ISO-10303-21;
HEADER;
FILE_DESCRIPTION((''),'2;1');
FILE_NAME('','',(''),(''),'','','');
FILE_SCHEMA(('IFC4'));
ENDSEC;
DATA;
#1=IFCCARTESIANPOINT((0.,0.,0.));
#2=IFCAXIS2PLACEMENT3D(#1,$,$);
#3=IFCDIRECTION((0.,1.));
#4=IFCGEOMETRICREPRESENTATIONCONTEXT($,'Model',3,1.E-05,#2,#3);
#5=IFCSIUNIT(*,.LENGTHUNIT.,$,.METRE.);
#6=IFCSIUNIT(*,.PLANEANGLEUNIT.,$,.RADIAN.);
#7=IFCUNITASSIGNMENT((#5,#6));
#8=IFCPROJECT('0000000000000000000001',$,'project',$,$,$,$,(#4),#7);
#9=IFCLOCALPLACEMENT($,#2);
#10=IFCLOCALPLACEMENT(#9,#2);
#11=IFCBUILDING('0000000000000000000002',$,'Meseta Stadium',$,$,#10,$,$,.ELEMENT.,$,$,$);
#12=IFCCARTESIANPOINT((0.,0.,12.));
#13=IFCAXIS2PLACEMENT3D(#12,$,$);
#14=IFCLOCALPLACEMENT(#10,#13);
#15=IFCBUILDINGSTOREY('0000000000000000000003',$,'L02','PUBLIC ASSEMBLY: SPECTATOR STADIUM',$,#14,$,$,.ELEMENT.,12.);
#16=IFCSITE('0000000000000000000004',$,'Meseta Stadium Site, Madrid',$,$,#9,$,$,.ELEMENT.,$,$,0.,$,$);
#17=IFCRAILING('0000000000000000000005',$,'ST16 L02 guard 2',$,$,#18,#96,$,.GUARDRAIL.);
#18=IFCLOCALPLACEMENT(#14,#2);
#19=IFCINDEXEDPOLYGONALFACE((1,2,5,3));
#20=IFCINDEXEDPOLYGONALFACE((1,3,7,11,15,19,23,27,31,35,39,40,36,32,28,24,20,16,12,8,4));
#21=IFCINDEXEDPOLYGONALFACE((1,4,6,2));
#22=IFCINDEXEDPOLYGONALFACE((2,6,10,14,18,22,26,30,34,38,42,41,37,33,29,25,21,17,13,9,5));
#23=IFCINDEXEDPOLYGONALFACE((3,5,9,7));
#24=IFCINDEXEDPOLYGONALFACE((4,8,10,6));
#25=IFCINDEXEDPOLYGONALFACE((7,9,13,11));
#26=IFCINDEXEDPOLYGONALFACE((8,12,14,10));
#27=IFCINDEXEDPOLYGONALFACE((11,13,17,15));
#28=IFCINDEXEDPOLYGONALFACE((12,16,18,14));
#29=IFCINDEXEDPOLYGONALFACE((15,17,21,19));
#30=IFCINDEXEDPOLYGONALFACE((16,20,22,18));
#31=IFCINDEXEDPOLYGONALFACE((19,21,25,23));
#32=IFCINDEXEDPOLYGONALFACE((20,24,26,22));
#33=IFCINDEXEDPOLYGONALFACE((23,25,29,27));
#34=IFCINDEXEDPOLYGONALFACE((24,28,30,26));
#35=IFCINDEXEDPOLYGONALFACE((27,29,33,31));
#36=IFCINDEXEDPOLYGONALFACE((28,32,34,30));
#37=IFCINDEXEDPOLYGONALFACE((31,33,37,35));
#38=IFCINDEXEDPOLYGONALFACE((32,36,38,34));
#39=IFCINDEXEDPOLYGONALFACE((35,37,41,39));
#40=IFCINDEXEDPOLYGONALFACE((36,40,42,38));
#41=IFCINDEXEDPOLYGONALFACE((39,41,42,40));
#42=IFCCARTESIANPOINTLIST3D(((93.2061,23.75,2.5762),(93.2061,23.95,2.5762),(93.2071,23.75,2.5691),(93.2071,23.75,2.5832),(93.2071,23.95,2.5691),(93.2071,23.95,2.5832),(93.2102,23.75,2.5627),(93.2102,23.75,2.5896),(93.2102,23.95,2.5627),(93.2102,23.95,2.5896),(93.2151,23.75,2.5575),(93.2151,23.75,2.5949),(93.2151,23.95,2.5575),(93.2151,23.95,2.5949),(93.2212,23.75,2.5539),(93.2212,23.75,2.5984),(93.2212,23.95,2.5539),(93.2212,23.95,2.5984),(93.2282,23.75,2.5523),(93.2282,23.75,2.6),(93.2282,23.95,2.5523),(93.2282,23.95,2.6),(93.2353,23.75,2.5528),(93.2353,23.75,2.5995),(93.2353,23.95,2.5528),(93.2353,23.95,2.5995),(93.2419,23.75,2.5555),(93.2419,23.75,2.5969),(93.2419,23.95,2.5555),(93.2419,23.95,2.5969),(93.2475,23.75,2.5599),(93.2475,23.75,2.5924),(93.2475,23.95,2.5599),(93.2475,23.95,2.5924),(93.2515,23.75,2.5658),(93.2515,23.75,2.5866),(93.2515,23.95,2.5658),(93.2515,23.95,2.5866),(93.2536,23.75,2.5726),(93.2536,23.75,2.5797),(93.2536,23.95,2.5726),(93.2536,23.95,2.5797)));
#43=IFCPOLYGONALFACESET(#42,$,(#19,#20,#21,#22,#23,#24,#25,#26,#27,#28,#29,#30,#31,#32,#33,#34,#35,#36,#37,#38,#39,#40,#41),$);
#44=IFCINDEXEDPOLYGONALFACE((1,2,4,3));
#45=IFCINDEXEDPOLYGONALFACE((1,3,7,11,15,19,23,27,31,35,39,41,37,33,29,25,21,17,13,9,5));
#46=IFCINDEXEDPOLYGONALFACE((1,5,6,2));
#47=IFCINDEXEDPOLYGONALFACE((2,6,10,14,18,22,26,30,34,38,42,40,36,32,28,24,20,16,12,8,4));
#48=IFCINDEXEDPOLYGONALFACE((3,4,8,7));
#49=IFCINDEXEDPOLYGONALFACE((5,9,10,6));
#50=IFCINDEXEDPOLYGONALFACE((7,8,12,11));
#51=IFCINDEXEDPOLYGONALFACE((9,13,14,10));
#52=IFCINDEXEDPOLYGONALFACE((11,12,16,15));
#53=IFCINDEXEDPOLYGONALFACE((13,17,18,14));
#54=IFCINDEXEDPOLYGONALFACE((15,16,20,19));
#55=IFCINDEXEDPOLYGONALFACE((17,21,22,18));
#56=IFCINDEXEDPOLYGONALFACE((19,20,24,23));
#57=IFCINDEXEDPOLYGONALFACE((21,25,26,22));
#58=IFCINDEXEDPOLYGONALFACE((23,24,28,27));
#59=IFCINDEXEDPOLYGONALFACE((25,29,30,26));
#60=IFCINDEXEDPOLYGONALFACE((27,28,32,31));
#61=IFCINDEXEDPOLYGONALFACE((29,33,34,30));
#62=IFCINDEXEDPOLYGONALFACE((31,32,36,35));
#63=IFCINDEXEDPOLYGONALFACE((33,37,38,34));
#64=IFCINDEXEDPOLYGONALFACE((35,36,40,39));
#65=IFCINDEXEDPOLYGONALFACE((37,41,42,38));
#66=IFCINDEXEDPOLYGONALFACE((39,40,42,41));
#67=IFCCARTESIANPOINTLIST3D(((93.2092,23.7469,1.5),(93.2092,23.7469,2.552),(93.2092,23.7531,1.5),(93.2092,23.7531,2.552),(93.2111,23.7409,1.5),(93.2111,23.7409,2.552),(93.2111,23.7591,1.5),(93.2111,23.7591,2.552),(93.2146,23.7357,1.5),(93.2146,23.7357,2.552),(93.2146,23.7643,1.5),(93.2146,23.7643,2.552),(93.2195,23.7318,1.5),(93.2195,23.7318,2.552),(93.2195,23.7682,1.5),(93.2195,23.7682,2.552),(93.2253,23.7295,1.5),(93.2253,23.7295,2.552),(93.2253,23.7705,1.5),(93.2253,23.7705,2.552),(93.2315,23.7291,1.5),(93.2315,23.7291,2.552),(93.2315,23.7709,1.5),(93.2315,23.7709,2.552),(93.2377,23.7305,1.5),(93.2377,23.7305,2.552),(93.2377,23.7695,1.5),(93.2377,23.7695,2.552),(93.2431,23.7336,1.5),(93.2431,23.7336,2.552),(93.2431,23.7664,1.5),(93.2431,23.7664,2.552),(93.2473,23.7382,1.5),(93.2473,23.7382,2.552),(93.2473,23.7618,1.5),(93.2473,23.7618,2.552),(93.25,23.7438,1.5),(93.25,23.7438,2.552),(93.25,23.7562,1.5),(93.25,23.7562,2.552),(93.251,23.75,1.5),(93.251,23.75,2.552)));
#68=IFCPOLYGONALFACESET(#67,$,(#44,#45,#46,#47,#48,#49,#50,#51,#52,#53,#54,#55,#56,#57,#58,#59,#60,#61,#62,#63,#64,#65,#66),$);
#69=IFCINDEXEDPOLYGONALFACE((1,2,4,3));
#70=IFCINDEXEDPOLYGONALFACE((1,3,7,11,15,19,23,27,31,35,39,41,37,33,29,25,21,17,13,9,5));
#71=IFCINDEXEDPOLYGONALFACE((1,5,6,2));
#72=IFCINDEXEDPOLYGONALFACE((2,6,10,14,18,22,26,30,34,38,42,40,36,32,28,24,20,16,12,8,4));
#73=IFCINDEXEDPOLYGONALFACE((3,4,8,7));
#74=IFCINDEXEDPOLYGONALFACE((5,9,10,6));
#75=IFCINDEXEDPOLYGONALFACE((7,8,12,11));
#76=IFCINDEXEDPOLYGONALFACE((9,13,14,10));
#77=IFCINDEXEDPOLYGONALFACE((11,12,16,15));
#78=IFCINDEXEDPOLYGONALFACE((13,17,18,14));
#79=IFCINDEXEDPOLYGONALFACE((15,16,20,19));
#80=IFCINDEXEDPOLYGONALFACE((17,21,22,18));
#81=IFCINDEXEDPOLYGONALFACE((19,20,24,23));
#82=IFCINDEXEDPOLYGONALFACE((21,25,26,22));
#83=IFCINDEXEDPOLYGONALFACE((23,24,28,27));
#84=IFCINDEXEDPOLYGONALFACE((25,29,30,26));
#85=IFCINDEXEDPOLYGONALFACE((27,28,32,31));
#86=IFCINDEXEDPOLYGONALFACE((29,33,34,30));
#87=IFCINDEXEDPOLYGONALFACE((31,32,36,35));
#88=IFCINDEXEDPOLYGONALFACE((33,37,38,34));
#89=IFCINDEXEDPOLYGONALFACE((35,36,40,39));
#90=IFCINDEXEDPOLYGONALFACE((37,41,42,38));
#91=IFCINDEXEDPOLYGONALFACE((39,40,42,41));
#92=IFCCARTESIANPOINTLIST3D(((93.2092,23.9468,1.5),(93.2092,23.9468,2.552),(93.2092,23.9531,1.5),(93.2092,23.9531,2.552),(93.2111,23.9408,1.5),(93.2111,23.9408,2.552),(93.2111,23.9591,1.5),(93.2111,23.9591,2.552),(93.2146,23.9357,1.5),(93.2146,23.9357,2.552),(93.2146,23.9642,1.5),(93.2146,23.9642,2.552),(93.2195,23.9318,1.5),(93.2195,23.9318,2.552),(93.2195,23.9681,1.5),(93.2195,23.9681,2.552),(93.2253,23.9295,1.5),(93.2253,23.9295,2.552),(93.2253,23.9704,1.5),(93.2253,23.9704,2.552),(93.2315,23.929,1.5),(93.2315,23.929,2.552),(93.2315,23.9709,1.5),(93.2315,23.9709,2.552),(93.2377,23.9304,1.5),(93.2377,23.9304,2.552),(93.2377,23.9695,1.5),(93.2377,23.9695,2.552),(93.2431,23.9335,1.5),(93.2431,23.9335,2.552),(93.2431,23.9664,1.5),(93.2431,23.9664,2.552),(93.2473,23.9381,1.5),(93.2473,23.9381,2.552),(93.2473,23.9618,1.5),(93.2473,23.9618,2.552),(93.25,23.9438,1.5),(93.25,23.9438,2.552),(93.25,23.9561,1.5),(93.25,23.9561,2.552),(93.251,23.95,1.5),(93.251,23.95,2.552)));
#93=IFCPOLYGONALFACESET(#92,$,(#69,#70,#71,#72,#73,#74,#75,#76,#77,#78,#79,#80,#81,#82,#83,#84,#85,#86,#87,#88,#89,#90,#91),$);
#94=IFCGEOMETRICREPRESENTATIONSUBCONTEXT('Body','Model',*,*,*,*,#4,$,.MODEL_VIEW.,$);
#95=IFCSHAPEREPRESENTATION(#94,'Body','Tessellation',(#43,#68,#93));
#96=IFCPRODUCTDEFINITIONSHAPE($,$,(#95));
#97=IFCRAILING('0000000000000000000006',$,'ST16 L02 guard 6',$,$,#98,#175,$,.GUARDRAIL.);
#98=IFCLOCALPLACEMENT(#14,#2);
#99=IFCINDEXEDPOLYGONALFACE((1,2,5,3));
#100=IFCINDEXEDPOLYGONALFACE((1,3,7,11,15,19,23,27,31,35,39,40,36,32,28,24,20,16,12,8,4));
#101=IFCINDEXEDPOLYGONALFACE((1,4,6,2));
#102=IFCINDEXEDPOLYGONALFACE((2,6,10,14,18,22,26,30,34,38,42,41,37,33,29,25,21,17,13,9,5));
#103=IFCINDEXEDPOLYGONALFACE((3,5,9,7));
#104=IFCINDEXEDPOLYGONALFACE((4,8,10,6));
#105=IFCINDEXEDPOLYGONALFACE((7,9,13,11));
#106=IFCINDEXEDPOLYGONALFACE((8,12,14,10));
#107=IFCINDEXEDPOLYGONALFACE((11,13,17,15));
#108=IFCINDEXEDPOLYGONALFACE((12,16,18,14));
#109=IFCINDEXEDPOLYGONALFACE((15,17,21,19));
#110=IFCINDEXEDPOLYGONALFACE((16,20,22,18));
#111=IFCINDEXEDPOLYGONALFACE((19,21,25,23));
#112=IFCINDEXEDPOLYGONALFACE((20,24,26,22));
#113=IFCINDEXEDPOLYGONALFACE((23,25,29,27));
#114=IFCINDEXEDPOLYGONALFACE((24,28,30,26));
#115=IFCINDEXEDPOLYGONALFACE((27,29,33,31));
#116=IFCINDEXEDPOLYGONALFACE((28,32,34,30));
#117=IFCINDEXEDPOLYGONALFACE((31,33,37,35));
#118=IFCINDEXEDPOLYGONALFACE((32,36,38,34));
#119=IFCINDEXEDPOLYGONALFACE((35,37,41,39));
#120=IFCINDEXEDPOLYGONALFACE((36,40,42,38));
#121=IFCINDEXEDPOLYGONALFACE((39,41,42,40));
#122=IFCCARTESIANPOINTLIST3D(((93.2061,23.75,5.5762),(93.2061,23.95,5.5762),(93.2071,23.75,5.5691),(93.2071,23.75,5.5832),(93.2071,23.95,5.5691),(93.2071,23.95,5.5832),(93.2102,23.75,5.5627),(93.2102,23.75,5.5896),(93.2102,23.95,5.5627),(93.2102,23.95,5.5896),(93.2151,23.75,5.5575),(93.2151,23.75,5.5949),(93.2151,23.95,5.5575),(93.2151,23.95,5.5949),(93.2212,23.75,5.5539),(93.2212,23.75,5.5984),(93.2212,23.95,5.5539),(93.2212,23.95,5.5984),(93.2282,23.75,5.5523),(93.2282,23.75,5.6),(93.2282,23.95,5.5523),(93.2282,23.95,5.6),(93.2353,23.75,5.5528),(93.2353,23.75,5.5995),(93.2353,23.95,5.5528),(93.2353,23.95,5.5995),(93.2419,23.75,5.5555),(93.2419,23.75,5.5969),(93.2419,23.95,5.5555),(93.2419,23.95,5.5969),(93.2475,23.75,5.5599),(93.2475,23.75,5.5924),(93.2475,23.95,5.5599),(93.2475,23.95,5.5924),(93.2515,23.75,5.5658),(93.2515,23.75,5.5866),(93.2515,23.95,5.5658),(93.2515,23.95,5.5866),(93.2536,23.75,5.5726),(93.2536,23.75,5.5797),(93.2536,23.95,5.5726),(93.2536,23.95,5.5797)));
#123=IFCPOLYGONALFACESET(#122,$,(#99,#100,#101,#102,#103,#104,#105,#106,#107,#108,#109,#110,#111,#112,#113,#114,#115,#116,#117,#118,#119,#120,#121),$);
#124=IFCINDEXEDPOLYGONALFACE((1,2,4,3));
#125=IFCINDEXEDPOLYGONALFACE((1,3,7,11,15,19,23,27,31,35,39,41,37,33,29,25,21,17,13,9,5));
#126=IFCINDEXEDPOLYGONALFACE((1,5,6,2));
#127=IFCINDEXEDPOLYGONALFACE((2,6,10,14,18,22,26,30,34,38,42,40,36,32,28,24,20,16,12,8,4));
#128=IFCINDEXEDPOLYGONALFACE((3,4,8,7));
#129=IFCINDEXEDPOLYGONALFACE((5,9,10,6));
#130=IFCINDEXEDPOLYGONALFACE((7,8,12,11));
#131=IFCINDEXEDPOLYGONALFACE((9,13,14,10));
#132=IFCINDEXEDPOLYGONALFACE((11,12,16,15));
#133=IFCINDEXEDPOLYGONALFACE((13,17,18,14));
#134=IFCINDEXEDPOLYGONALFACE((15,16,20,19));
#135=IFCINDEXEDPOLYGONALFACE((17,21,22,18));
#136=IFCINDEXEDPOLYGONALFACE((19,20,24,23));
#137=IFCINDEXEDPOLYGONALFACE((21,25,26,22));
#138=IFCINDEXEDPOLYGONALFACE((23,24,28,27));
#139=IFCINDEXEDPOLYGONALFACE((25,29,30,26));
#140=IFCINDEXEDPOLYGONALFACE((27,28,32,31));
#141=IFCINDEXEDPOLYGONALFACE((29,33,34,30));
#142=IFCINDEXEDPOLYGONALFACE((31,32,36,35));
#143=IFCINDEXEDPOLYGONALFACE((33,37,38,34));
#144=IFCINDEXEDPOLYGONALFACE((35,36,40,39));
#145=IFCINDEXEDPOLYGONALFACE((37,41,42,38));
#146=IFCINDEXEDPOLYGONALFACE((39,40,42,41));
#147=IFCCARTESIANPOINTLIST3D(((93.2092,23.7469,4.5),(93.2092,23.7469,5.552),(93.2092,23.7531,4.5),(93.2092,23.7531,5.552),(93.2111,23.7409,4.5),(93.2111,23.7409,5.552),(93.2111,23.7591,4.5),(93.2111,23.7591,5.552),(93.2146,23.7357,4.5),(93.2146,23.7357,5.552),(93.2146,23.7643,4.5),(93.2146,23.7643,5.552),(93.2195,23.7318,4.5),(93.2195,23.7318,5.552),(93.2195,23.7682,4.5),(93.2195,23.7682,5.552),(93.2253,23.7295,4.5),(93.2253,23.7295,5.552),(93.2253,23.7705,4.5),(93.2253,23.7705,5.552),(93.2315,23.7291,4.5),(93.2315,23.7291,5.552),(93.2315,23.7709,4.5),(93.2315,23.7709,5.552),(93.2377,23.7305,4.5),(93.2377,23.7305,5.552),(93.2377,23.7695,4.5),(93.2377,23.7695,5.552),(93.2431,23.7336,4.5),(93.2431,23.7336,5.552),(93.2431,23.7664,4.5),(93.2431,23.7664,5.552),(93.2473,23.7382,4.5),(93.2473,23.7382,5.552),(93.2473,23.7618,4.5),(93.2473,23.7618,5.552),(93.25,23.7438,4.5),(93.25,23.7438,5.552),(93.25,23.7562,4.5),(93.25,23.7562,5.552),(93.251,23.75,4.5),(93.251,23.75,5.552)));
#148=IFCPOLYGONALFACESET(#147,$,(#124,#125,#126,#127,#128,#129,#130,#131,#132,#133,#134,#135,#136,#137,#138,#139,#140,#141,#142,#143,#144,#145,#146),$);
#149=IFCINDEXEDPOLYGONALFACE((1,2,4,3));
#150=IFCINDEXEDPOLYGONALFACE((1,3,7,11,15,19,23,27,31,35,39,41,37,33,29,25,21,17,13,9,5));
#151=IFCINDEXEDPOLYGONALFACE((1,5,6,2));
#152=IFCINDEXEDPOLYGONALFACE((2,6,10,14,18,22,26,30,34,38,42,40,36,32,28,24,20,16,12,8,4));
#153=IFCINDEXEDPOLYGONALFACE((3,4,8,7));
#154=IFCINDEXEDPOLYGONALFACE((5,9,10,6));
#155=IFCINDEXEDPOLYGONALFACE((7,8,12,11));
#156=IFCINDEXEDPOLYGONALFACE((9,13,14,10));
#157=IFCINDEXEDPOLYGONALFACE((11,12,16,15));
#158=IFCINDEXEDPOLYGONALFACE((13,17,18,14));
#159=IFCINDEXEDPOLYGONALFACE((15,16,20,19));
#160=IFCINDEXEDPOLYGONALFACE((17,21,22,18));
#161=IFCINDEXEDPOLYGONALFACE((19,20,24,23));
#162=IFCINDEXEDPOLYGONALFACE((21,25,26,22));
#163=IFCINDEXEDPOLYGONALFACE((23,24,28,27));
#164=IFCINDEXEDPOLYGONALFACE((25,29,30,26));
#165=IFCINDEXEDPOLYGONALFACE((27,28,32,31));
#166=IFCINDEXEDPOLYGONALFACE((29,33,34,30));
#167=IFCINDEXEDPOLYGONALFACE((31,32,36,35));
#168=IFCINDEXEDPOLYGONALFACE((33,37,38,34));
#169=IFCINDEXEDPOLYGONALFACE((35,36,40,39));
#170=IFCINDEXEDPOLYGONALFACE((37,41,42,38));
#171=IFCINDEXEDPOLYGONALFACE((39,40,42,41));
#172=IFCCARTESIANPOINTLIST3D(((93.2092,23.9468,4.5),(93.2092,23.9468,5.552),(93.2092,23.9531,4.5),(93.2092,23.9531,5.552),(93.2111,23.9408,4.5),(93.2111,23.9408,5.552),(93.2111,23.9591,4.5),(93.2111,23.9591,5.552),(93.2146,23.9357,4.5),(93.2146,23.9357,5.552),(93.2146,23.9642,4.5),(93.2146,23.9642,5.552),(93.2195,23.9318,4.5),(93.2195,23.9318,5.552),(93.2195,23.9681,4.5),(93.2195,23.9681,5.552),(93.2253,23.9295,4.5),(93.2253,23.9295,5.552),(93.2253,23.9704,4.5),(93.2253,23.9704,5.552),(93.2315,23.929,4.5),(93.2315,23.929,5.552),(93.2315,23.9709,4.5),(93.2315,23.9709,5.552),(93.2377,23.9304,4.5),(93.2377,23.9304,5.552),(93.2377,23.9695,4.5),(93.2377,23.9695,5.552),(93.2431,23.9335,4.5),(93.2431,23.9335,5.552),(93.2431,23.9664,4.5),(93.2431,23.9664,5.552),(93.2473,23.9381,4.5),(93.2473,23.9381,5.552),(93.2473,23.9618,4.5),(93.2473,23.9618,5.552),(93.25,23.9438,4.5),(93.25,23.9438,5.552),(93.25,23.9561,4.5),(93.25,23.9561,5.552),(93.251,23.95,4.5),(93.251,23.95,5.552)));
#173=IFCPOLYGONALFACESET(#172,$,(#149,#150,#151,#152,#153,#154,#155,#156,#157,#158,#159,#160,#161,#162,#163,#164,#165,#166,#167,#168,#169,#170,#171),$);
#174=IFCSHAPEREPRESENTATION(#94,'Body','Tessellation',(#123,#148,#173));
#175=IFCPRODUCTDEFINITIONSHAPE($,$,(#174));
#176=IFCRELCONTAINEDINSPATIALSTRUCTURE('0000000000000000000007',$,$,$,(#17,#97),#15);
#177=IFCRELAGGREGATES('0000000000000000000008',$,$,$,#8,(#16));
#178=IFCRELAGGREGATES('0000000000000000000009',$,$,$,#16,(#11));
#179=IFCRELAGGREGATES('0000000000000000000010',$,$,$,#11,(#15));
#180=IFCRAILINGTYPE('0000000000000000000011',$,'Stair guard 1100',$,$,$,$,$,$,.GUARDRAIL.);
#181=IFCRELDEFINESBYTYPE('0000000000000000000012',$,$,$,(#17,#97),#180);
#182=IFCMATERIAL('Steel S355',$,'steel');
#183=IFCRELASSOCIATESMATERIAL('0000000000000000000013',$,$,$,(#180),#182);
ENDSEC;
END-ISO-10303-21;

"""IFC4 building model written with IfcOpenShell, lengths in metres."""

from ifc_helpers import new_model, si_unit, direction, frame, origin, origin_2d, place, context, subcontext, project, spatial, circle, extrude, material, type_object, element, save


model = new_model("IFC4")

# Units and contexts
model_context = context("Model", 3, precision=1e-05, world=origin(), true_north=direction((0.0, 1.0)))
body_context = subcontext(model_context, "Body", "Model", "MODEL_VIEW")
ifc_project = project(units=[si_unit("LENGTHUNIT", "METRE"), si_unit("PLANEANGLEUNIT", "RADIAN")], contexts=[model_context])

# Site, building, storey
site_placement = place(None, origin())
site = spatial("IfcSite", under=ifc_project, at=site_placement, Name="Meseta Stadium Site, Madrid", CompositionType="ELEMENT", RefElevation=0.0)
building_placement = place(site_placement, origin())
building = spatial("IfcBuilding", under=site, at=building_placement, Name="Meseta Stadium", CompositionType="ELEMENT")
storey_placement = place(building_placement, frame((0.0, 0.0, 12.0)))
storey = spatial("IfcBuildingStorey", under=building, at=storey_placement, Name="L02", Description="PUBLIC ASSEMBLY: SPECTATOR STADIUM", CompositionType="ELEMENT", Elevation=12.0)

# Railings
ifc_material_1 = material(Name="Steel S355", Category="steel")
railing_type_1 = type_object("IfcRailingType", Name="Stair guard 1100", PredefinedType="GUARDRAIL", material=ifc_material_1)
for number, where, name in (
    (1, (93.23, 23.75, 1.5), "ST16 L02 guard 2"),
    (2, (93.23, 23.75, 4.5), "ST16 L02 guard 6"),
):
    element("IfcRailing", number, at=place(storey_placement, frame(where)), inside=storey, type_object=railing_type_1, Name=name, PredefinedType="GUARDRAIL", context=body_context, shape_type="SweptSolid", body=[
        extrude(circle(Radius=0.0239, at=origin_2d()), frame((0.0, 0.0, 1.0762), z_axis=(0.0, 1.0, 0.0), x_axis=(-1.0, 0.0, 0.0)), (0.0, 0.0, 1.0), 0.2),
        extrude(circle(Radius=0.021, at=origin_2d()), origin(), (0.0, 0.0, 1.0), 1.052),
        extrude(circle(Radius=0.021, at=origin_2d()), frame((0.0, 0.2, 0.0)), (0.0, 0.0, 1.0), 1.052),
    ])

save(model, "model.ifc")
